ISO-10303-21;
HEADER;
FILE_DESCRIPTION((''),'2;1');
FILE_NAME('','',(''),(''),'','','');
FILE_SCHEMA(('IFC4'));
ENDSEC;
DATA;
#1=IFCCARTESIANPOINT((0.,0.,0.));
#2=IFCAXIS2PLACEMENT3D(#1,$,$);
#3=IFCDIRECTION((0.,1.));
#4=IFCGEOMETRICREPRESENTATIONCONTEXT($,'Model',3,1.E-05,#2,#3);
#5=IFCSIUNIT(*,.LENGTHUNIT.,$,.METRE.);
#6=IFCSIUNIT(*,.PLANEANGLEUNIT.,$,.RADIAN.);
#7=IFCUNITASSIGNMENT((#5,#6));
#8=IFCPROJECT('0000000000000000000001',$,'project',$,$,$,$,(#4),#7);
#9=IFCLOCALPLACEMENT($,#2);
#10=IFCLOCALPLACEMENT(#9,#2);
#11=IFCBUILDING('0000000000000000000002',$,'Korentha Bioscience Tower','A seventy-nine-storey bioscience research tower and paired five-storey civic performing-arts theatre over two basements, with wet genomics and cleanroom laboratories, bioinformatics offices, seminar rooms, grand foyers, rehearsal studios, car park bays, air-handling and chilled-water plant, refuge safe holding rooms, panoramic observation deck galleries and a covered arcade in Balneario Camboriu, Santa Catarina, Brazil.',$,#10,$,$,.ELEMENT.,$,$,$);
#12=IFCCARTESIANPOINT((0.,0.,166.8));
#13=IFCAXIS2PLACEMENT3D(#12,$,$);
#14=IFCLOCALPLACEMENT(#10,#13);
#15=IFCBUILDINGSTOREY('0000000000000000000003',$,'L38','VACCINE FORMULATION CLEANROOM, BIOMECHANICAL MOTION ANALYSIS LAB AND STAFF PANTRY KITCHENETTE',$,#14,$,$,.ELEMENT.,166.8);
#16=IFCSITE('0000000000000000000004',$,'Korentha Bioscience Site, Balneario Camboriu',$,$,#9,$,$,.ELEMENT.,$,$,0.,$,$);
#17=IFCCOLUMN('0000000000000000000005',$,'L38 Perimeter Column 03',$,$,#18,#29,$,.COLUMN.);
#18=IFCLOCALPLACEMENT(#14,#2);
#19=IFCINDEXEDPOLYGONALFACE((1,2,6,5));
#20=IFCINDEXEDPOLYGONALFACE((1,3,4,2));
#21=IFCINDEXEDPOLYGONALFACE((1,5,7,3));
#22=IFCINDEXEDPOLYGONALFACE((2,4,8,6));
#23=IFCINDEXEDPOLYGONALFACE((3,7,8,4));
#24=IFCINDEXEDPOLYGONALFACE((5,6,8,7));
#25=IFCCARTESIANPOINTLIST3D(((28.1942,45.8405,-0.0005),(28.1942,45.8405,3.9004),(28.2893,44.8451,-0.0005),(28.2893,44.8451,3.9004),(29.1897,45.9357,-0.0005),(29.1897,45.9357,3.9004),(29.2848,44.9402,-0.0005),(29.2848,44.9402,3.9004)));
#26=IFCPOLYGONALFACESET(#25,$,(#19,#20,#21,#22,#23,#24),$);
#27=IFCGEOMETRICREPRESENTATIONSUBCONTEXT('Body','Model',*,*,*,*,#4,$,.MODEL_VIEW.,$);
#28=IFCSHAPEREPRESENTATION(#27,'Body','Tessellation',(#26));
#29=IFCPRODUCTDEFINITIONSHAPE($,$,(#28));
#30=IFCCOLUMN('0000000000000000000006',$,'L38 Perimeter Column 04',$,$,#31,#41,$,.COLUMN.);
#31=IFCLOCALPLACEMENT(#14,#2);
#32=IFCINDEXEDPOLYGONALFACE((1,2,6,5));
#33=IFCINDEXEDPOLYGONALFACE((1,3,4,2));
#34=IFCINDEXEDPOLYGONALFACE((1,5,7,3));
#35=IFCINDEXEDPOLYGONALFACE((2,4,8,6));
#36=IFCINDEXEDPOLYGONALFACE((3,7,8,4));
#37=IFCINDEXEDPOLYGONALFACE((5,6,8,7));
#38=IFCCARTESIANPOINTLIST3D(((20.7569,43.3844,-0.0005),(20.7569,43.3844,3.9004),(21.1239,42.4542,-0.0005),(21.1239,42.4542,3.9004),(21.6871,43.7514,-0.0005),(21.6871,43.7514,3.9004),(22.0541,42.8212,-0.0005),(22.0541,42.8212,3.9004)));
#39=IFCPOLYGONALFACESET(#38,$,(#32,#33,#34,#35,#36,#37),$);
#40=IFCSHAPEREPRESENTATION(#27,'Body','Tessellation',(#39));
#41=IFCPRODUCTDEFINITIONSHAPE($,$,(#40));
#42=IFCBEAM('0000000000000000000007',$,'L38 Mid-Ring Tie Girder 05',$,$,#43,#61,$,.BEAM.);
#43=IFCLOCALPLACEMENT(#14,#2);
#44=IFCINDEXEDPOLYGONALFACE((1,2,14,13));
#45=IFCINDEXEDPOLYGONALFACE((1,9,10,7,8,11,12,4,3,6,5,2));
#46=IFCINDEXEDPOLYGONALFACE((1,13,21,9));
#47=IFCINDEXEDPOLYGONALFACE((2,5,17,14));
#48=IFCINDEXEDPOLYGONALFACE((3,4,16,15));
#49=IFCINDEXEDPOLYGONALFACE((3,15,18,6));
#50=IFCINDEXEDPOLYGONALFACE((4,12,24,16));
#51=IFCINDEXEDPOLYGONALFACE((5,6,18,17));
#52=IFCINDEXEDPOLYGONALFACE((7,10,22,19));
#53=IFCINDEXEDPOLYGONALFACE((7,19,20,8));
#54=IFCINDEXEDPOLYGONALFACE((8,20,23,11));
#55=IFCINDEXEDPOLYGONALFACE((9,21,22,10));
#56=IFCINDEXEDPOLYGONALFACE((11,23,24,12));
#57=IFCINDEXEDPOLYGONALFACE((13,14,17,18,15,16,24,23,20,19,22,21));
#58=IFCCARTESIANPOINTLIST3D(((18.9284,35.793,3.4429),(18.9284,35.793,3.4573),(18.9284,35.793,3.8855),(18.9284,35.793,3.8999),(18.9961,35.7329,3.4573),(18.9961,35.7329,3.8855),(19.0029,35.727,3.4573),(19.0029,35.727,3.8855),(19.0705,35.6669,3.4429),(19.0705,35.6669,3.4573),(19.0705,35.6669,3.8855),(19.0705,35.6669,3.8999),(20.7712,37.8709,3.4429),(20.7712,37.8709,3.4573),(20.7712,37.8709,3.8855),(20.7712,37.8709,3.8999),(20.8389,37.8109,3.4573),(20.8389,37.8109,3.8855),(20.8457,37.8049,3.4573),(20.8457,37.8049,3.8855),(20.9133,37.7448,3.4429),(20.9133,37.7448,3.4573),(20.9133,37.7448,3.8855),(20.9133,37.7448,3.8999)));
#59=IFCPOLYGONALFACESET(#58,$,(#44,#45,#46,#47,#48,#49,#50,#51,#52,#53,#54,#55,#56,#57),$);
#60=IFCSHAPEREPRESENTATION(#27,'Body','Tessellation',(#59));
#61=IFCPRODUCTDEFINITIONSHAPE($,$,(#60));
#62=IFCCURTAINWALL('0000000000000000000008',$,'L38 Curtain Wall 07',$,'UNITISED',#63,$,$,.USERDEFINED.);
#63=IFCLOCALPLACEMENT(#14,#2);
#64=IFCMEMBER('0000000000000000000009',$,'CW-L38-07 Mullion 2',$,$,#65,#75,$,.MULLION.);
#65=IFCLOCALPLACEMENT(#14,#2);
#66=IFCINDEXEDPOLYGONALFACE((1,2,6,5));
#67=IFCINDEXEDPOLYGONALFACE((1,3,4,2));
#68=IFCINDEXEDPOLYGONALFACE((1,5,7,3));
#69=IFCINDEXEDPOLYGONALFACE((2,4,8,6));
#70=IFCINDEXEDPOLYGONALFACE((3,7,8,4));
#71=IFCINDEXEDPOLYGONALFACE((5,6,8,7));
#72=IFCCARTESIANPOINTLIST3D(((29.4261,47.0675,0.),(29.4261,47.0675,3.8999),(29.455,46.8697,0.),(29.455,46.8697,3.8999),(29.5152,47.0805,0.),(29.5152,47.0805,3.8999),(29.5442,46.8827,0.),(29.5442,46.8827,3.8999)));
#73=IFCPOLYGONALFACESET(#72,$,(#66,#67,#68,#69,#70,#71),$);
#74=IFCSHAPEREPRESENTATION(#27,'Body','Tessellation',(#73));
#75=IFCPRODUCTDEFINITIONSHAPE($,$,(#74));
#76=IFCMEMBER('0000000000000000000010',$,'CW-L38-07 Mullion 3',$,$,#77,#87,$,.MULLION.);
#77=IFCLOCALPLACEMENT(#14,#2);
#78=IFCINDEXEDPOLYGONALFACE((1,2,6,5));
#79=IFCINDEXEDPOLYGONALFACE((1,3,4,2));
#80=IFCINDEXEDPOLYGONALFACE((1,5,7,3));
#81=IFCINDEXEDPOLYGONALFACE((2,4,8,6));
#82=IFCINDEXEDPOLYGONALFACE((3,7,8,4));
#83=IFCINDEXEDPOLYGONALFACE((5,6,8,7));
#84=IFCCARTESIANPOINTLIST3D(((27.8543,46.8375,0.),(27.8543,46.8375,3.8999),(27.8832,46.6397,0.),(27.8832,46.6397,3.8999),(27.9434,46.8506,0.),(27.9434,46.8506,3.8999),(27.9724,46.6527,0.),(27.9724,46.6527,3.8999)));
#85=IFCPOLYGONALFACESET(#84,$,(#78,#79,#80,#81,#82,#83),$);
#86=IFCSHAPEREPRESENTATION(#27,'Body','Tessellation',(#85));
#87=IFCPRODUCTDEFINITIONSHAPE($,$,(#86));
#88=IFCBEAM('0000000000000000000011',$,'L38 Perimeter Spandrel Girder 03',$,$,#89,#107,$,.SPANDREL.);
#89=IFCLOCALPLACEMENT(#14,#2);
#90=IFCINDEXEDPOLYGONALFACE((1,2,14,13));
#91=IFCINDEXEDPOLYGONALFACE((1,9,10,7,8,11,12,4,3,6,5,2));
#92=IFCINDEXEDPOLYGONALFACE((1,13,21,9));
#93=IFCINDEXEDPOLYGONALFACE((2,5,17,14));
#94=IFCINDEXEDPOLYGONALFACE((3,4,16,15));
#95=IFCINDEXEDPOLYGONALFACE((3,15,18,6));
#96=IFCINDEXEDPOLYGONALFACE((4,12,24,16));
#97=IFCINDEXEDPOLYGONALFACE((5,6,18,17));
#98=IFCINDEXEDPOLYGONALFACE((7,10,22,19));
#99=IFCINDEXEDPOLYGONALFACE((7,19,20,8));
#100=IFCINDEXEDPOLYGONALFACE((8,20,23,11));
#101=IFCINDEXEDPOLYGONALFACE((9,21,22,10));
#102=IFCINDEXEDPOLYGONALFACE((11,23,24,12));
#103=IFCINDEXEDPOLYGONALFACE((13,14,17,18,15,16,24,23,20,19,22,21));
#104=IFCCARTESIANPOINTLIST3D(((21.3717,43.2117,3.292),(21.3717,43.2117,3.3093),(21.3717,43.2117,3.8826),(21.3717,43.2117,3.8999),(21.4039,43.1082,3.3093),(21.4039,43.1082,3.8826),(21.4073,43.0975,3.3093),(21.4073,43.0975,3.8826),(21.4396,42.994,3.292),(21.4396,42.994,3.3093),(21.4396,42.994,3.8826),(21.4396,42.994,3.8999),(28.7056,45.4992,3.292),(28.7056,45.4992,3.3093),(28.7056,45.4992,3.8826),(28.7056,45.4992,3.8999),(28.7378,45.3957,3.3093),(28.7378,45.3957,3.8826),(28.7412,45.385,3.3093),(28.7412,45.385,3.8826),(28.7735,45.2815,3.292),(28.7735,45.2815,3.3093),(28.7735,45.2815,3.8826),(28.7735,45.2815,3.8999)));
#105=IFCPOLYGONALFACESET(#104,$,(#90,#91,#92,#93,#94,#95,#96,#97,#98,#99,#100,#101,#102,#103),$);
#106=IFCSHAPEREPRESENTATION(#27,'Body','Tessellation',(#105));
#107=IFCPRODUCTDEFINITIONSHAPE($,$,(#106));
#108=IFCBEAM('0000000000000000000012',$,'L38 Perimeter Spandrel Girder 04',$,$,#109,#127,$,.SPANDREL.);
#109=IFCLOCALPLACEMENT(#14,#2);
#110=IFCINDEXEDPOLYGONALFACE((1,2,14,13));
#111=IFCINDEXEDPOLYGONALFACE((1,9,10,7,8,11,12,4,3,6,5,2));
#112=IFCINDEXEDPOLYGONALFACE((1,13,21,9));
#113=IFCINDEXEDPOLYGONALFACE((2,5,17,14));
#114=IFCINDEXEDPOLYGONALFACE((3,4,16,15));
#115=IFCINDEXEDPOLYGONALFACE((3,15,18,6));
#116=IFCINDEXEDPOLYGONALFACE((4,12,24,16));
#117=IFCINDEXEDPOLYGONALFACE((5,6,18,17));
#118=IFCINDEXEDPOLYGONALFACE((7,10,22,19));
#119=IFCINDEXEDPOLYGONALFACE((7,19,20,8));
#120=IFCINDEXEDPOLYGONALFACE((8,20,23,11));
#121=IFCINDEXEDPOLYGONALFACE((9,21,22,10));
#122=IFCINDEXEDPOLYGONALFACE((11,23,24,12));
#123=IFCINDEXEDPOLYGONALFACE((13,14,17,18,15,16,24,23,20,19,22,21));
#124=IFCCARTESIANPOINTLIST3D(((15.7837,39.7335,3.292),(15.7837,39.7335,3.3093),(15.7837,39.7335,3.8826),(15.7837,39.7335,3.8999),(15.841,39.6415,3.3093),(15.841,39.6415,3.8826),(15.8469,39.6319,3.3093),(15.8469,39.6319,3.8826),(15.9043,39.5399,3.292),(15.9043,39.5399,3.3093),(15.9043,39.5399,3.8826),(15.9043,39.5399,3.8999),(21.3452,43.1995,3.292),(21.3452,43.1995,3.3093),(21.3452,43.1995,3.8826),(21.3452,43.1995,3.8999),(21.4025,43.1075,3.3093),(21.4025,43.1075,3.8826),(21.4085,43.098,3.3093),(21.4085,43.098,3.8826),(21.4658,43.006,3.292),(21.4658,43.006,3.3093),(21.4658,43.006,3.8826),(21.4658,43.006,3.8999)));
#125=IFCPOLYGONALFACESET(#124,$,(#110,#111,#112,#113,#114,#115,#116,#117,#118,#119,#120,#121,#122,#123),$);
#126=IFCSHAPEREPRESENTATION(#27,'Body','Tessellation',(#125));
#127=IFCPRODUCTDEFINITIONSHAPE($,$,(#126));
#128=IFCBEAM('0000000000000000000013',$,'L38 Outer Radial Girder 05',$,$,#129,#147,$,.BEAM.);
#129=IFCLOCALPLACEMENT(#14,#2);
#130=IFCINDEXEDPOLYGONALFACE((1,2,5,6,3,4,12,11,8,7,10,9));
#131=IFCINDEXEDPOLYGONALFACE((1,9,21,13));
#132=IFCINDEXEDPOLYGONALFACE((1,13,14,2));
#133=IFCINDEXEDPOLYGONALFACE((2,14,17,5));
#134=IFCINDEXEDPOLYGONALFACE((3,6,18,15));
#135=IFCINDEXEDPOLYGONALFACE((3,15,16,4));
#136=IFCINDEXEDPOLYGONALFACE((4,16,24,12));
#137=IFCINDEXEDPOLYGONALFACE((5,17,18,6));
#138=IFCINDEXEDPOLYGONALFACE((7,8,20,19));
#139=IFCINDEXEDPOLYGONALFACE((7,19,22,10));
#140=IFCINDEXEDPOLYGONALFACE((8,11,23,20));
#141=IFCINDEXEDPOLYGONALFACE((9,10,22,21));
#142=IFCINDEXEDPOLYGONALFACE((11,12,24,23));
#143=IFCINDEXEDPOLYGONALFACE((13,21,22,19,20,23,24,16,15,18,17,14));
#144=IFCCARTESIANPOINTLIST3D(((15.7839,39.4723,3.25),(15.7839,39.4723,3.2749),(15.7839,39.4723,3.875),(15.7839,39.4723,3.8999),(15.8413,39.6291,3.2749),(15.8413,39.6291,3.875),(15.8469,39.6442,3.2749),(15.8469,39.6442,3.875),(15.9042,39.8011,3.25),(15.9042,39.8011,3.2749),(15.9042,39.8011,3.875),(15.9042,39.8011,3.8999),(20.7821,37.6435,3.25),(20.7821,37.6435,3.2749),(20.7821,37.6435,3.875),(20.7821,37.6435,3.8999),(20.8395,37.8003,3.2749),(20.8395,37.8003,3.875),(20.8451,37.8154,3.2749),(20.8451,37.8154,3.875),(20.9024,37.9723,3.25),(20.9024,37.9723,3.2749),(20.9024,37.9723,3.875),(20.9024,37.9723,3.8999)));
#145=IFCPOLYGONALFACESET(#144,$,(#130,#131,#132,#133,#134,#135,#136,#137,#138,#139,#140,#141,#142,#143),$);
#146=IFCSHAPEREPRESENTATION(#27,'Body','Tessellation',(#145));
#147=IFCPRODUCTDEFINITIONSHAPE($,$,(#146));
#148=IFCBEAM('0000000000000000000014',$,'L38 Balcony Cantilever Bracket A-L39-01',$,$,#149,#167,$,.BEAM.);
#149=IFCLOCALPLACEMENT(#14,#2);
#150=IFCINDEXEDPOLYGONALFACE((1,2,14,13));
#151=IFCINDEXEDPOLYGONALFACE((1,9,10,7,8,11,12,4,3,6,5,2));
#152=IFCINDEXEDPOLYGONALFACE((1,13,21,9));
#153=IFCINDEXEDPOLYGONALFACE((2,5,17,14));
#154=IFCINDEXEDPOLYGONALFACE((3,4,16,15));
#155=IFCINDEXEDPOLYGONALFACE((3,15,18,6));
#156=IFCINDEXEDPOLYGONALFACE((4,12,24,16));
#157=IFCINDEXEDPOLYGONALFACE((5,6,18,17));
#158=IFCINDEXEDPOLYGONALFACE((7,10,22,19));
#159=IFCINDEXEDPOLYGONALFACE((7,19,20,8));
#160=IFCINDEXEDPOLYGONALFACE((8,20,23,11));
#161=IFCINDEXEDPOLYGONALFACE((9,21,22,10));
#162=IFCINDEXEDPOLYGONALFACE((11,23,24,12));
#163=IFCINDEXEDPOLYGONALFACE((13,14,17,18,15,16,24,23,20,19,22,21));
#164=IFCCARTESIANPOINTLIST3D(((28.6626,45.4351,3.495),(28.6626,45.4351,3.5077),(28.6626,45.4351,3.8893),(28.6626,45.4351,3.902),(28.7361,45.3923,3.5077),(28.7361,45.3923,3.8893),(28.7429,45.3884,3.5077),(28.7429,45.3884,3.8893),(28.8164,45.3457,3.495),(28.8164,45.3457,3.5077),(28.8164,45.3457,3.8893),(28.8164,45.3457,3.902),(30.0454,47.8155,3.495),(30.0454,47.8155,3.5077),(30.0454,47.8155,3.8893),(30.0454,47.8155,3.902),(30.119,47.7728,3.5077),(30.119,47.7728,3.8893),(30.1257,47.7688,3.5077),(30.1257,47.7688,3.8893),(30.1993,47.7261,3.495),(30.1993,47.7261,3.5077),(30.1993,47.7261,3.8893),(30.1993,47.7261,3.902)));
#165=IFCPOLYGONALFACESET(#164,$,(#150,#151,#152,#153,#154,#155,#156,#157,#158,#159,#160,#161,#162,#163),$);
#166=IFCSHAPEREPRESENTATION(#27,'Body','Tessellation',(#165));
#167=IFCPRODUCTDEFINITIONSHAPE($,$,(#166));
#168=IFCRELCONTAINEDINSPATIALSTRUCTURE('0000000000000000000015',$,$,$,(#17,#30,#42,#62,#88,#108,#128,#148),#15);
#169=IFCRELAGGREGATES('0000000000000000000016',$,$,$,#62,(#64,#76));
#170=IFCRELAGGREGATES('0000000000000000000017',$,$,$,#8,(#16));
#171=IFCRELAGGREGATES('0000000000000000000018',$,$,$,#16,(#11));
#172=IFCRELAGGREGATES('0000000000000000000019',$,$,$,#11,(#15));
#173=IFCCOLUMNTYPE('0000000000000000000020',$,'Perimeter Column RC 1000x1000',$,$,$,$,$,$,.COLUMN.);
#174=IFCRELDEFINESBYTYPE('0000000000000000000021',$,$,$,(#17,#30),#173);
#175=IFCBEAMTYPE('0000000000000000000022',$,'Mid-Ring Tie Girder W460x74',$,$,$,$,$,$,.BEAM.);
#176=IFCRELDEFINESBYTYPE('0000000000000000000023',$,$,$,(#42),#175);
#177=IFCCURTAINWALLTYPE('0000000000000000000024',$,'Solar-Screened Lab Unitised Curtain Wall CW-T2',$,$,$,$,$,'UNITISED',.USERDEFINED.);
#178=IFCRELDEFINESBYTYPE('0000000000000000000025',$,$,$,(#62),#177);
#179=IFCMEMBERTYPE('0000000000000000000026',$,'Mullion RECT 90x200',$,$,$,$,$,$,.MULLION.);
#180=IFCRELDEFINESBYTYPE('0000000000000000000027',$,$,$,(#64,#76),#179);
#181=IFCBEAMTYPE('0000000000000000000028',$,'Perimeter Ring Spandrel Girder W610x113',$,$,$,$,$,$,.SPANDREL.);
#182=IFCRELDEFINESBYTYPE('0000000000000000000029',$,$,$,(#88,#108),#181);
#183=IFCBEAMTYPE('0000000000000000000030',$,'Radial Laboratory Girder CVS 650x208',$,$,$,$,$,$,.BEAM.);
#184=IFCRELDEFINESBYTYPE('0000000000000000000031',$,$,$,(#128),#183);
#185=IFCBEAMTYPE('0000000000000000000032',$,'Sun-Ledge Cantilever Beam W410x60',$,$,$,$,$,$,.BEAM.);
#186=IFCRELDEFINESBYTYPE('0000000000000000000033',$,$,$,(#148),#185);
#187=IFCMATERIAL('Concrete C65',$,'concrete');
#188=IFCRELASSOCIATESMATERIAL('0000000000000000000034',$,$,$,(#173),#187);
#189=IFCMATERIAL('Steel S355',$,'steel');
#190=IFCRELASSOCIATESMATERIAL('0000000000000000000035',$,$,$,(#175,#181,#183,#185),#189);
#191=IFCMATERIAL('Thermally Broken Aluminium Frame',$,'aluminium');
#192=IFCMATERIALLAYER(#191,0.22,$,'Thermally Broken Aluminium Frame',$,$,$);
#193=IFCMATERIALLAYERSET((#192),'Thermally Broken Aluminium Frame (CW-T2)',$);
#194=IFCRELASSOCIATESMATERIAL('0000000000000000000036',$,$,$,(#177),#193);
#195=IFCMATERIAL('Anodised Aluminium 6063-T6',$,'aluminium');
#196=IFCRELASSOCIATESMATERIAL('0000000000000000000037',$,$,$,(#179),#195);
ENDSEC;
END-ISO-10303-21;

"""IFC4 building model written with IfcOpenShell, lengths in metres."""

from ifc_helpers import new_model, si_unit, direction, frame, origin, origin_2d, place, context, subcontext, project, spatial, rectangle, i_section, extrude, material, layer, layer_set, material_profile, profile_set, type_object, element, aggregate, save


model = new_model("IFC4")

# Units and contexts
model_context = context("Model", 3, precision=1e-05, world=origin(), true_north=direction((0.0, 1.0)))
body_context = subcontext(model_context, "Body", "Model", "MODEL_VIEW")
ifc_project = project(units=[si_unit("LENGTHUNIT", "METRE"), si_unit("PLANEANGLEUNIT", "RADIAN")], contexts=[model_context])

# Site, building, storey
site_placement = place(None, origin())
site = spatial("IfcSite", under=ifc_project, at=site_placement, Name="Korentha Bioscience Site, Balneario Camboriu", CompositionType="ELEMENT", RefElevation=0.0)
building_placement = place(site_placement, origin())
building = spatial("IfcBuilding", under=site, at=building_placement, Name="Korentha Bioscience Tower", Description="A seventy-nine-storey bioscience research tower and paired five-storey civic performing-arts theatre over two basements, with wet genomics and cleanroom laboratories, bioinformatics offices, seminar rooms, grand foyers, rehearsal studios, car park bays, air-handling and chilled-water plant, refuge safe holding rooms, panoramic observation deck galleries and a covered arcade in Balneario Camboriu, Santa Catarina, Brazil.", CompositionType="ELEMENT")
storey_placement = place(building_placement, frame((0.0, 0.0, 166.8)))
storey = spatial("IfcBuildingStorey", under=building, at=storey_placement, Name="L38", Description="VACCINE FORMULATION CLEANROOM, BIOMECHANICAL MOTION ANALYSIS LAB AND STAFF PANTRY KITCHENETTE", CompositionType="ELEMENT", Elevation=166.8)

# Columns
ifc_material_1 = material(Name="Concrete C65", Category="concrete")
ifc_material_profile_1 = material_profile(ifc_material_1, rectangle(XDim=1.0, YDim=1.0, at=origin_2d()), Name="Concrete C65")
ifc_profile_set_1 = profile_set([ifc_material_profile_1], Name="Concrete C65 (COL-P10)")
column_type = type_object("IfcColumnType", Name="Perimeter Column RC 1000x1000", PredefinedType="COLUMN", material=ifc_profile_set_1)
for number, where, z_axis, x_axis, name in (
    (1, (28.7395, 45.3904, -0.0005), (0.0, 0.0, 1.0), (0.995463, 0.095151, 0.0), "L38 Perimeter Column 03"),
    (2, (21.4055, 43.1028, -0.0005), (0.0, 0.0, 1.0), (0.930226, 0.366988, 0.0), "L38 Perimeter Column 04"),
):
    element("IfcColumn", number, at=place(storey_placement, frame(where, z_axis=z_axis, x_axis=x_axis)), inside=storey, type_object=column_type, Name=name, PredefinedType="COLUMN", context=body_context, shape_type="SweptSolid", body=[
        extrude(rectangle(XDim=1.0, YDim=1.0, at=origin_2d()), origin(), (0.0, 0.0, 1.0), 3.9009),
    ])

# Beam
ifc_material_2 = material(Name="Steel S355", Category="steel")
ifc_material_profile_2 = material_profile(ifc_material_2, i_section(OverallWidth=0.1899, OverallDepth=0.457, WebThickness=0.009, FlangeThickness=0.0144, at=origin_2d()), Name="Steel S355")
ifc_profile_set_2 = profile_set([ifc_material_profile_2], Name="Steel S355 (MB-460)")
beam_type_1 = type_object("IfcBeamType", Name="Mid-Ring Tie Girder W460x74", PredefinedType="BEAM", material=ifc_profile_set_2)
beam_1_placement = place(storey_placement, frame((20.8423, 37.8079, 3.6714), z_axis=(-0.663512, -0.748165, 0.0), x_axis=(0.748165, -0.663512, 0.0)))
element("IfcBeam", 3, at=beam_1_placement, inside=storey, type_object=beam_type_1, Name="L38 Mid-Ring Tie Girder 05", PredefinedType="BEAM", context=body_context, shape_type="SweptSolid", body=[
    extrude(i_section(OverallWidth=0.1899, OverallDepth=0.457, WebThickness=0.009, FlangeThickness=0.0144, at=origin_2d()), origin(), (0.0, 0.0, 1.0), 2.7773),
])

# Curtain wall, members
ifc_material_3 = material(Name="Thermally Broken Aluminium Frame", Category="aluminium")
ifc_layer_1 = layer(ifc_material_3, 0.22, Name="Thermally Broken Aluminium Frame")
ifc_layer_set_1 = layer_set([ifc_layer_1], Name="Thermally Broken Aluminium Frame (CW-T2)")
curtain_wall_type = type_object("IfcCurtainWallType", Name="Solar-Screened Lab Unitised Curtain Wall CW-T2", ElementType="UNITISED", PredefinedType="USERDEFINED", material=ifc_layer_set_1)
curtain_wall_placement = place(storey_placement, origin())
curtain_wall = element("IfcCurtainWall", 4, at=curtain_wall_placement, inside=storey, type_object=curtain_wall_type, Name="L38 Curtain Wall 07", ObjectType="UNITISED", PredefinedType="USERDEFINED")
ifc_material_4 = material(Name="Anodised Aluminium 6063-T6", Category="aluminium")
ifc_material_profile_3 = material_profile(ifc_material_4, rectangle(XDim=0.0901, YDim=0.2, at=origin_2d()), Name="Anodised Aluminium 6063-T6")
ifc_profile_set_3 = profile_set([ifc_material_profile_3], Name="Anodised Aluminium 6063-T6 (CW-MUL)")
member_type_1 = type_object("IfcMemberType", Name="Mullion RECT 90x200", PredefinedType="MULLION", material=ifc_profile_set_3)
member_1_placement = place(storey_placement, frame((29.4851, 46.9751, 0.0), z_axis=(0.0, 0.0, 1.0), x_axis=(-0.989462, -0.144793, 0.0)))
member_1 = element("IfcMember", 5, at=member_1_placement, type_object=member_type_1, Name="CW-L38-07 Mullion 2", PredefinedType="MULLION", context=body_context, shape_type="SweptSolid", body=[
    extrude(rectangle(XDim=0.0901, YDim=0.2, at=origin_2d()), origin(), (0.0, 0.0, 1.0), 3.8999),
])
member_2_placement = place(storey_placement, frame((27.9133, 46.7451, 0.0), z_axis=(0.0, 0.0, 1.0), x_axis=(-0.989462, -0.144793, 0.0)))
member_2 = element("IfcMember", 6, at=member_2_placement, type_object=member_type_1, Name="CW-L38-07 Mullion 3", PredefinedType="MULLION", context=body_context, shape_type="SweptSolid", body=[
    extrude(rectangle(XDim=0.0901, YDim=0.2, at=origin_2d()), origin(), (0.0, 0.0, 1.0), 3.8999),
])

# Beams
ifc_material_profile_4 = material_profile(ifc_material_2, i_section(OverallWidth=0.228, OverallDepth=0.6079, WebThickness=0.0112, FlangeThickness=0.0173, at=origin_2d()), Name="Steel S355")
ifc_profile_set_4 = profile_set([ifc_material_profile_4], Name="Steel S355 (SB-610)")
beam_type_2 = type_object("IfcBeamType", Name="Perimeter Ring Spandrel Girder W610x113", PredefinedType="SPANDREL", material=ifc_profile_set_4)
beam_2_placement = place(storey_placement, frame((28.7395, 45.3904, 3.5959), z_axis=(-0.954638, -0.297768, 0.0), x_axis=(0.297768, -0.954638, 0.0)))
element("IfcBeam", 7, at=beam_2_placement, inside=storey, type_object=beam_type_2, Name="L38 Perimeter Spandrel Girder 03", PredefinedType="SPANDREL", context=body_context, shape_type="SweptSolid", body=[
    extrude(i_section(OverallWidth=0.228, OverallDepth=0.6079, WebThickness=0.0112, FlangeThickness=0.0173, at=origin_2d()), origin(), (0.0, 0.0, 1.0), 7.6824),
])
beam_3_placement = place(storey_placement, frame((21.4055, 43.1028, 3.5959), z_axis=(-0.848676, -0.528913, 0.0), x_axis=(0.528913, -0.848676, 0.0)))
element("IfcBeam", 8, at=beam_3_placement, inside=storey, type_object=beam_type_2, Name="L38 Perimeter Spandrel Girder 04", PredefinedType="SPANDREL", context=body_context, shape_type="SweptSolid", body=[
    extrude(i_section(OverallWidth=0.228, OverallDepth=0.6079, WebThickness=0.0112, FlangeThickness=0.0173, at=origin_2d()), origin(), (0.0, 0.0, 1.0), 6.5532),
])
ifc_material_profile_5 = material_profile(ifc_material_2, i_section(OverallWidth=0.3501, OverallDepth=0.6499, WebThickness=0.0161, FlangeThickness=0.0249, at=origin_2d()), Name="Steel S355")
ifc_profile_set_5 = profile_set([ifc_material_profile_5], Name="Steel S355 (RB-650)")
beam_type_3 = type_object("IfcBeamType", Name="Radial Laboratory Girder CVS 650x208", PredefinedType="BEAM", material=ifc_profile_set_5)
beam_4_placement = place(storey_placement, frame((20.8423, 37.8079, 3.575), z_axis=(-0.93911, 0.343617, 0.0), x_axis=(-0.343617, -0.93911, 0.0)))
element("IfcBeam", 9, at=beam_4_placement, inside=storey, type_object=beam_type_3, Name="L38 Outer Radial Girder 05", PredefinedType="BEAM", context=body_context, shape_type="SweptSolid", body=[
    extrude(i_section(OverallWidth=0.3501, OverallDepth=0.6499, WebThickness=0.0161, FlangeThickness=0.0249, at=origin_2d()), origin(), (0.0, 0.0, 1.0), 5.3223),
])
ifc_material_profile_6 = material_profile(ifc_material_2, i_section(OverallWidth=0.178, OverallDepth=0.407, WebThickness=0.0078, FlangeThickness=0.0127, at=origin_2d()), Name="Steel S355")
ifc_profile_set_6 = profile_set([ifc_material_profile_6], Name="Steel S355 (CB-410)")
beam_type_4 = type_object("IfcBeamType", Name="Sun-Ledge Cantilever Beam W410x60", PredefinedType="BEAM", material=ifc_profile_set_6)
beam_5_placement = place(storey_placement, frame((28.7395, 45.3904, 3.6985), z_axis=(0.502315, 0.864685, 0.0), x_axis=(-0.864685, 0.502315, 0.0)))
element("IfcBeam", 10, at=beam_5_placement, inside=storey, type_object=beam_type_4, Name="L38 Balcony Cantilever Bracket A-L39-01", PredefinedType="BEAM", context=body_context, shape_type="SweptSolid", body=[
    extrude(i_section(OverallWidth=0.178, OverallDepth=0.407, WebThickness=0.0078, FlangeThickness=0.0127, at=origin_2d()), origin(), (0.0, 0.0, 1.0), 2.7529),
])

aggregate(curtain_wall, [member_1, member_2])

save(model, "model.ifc")
